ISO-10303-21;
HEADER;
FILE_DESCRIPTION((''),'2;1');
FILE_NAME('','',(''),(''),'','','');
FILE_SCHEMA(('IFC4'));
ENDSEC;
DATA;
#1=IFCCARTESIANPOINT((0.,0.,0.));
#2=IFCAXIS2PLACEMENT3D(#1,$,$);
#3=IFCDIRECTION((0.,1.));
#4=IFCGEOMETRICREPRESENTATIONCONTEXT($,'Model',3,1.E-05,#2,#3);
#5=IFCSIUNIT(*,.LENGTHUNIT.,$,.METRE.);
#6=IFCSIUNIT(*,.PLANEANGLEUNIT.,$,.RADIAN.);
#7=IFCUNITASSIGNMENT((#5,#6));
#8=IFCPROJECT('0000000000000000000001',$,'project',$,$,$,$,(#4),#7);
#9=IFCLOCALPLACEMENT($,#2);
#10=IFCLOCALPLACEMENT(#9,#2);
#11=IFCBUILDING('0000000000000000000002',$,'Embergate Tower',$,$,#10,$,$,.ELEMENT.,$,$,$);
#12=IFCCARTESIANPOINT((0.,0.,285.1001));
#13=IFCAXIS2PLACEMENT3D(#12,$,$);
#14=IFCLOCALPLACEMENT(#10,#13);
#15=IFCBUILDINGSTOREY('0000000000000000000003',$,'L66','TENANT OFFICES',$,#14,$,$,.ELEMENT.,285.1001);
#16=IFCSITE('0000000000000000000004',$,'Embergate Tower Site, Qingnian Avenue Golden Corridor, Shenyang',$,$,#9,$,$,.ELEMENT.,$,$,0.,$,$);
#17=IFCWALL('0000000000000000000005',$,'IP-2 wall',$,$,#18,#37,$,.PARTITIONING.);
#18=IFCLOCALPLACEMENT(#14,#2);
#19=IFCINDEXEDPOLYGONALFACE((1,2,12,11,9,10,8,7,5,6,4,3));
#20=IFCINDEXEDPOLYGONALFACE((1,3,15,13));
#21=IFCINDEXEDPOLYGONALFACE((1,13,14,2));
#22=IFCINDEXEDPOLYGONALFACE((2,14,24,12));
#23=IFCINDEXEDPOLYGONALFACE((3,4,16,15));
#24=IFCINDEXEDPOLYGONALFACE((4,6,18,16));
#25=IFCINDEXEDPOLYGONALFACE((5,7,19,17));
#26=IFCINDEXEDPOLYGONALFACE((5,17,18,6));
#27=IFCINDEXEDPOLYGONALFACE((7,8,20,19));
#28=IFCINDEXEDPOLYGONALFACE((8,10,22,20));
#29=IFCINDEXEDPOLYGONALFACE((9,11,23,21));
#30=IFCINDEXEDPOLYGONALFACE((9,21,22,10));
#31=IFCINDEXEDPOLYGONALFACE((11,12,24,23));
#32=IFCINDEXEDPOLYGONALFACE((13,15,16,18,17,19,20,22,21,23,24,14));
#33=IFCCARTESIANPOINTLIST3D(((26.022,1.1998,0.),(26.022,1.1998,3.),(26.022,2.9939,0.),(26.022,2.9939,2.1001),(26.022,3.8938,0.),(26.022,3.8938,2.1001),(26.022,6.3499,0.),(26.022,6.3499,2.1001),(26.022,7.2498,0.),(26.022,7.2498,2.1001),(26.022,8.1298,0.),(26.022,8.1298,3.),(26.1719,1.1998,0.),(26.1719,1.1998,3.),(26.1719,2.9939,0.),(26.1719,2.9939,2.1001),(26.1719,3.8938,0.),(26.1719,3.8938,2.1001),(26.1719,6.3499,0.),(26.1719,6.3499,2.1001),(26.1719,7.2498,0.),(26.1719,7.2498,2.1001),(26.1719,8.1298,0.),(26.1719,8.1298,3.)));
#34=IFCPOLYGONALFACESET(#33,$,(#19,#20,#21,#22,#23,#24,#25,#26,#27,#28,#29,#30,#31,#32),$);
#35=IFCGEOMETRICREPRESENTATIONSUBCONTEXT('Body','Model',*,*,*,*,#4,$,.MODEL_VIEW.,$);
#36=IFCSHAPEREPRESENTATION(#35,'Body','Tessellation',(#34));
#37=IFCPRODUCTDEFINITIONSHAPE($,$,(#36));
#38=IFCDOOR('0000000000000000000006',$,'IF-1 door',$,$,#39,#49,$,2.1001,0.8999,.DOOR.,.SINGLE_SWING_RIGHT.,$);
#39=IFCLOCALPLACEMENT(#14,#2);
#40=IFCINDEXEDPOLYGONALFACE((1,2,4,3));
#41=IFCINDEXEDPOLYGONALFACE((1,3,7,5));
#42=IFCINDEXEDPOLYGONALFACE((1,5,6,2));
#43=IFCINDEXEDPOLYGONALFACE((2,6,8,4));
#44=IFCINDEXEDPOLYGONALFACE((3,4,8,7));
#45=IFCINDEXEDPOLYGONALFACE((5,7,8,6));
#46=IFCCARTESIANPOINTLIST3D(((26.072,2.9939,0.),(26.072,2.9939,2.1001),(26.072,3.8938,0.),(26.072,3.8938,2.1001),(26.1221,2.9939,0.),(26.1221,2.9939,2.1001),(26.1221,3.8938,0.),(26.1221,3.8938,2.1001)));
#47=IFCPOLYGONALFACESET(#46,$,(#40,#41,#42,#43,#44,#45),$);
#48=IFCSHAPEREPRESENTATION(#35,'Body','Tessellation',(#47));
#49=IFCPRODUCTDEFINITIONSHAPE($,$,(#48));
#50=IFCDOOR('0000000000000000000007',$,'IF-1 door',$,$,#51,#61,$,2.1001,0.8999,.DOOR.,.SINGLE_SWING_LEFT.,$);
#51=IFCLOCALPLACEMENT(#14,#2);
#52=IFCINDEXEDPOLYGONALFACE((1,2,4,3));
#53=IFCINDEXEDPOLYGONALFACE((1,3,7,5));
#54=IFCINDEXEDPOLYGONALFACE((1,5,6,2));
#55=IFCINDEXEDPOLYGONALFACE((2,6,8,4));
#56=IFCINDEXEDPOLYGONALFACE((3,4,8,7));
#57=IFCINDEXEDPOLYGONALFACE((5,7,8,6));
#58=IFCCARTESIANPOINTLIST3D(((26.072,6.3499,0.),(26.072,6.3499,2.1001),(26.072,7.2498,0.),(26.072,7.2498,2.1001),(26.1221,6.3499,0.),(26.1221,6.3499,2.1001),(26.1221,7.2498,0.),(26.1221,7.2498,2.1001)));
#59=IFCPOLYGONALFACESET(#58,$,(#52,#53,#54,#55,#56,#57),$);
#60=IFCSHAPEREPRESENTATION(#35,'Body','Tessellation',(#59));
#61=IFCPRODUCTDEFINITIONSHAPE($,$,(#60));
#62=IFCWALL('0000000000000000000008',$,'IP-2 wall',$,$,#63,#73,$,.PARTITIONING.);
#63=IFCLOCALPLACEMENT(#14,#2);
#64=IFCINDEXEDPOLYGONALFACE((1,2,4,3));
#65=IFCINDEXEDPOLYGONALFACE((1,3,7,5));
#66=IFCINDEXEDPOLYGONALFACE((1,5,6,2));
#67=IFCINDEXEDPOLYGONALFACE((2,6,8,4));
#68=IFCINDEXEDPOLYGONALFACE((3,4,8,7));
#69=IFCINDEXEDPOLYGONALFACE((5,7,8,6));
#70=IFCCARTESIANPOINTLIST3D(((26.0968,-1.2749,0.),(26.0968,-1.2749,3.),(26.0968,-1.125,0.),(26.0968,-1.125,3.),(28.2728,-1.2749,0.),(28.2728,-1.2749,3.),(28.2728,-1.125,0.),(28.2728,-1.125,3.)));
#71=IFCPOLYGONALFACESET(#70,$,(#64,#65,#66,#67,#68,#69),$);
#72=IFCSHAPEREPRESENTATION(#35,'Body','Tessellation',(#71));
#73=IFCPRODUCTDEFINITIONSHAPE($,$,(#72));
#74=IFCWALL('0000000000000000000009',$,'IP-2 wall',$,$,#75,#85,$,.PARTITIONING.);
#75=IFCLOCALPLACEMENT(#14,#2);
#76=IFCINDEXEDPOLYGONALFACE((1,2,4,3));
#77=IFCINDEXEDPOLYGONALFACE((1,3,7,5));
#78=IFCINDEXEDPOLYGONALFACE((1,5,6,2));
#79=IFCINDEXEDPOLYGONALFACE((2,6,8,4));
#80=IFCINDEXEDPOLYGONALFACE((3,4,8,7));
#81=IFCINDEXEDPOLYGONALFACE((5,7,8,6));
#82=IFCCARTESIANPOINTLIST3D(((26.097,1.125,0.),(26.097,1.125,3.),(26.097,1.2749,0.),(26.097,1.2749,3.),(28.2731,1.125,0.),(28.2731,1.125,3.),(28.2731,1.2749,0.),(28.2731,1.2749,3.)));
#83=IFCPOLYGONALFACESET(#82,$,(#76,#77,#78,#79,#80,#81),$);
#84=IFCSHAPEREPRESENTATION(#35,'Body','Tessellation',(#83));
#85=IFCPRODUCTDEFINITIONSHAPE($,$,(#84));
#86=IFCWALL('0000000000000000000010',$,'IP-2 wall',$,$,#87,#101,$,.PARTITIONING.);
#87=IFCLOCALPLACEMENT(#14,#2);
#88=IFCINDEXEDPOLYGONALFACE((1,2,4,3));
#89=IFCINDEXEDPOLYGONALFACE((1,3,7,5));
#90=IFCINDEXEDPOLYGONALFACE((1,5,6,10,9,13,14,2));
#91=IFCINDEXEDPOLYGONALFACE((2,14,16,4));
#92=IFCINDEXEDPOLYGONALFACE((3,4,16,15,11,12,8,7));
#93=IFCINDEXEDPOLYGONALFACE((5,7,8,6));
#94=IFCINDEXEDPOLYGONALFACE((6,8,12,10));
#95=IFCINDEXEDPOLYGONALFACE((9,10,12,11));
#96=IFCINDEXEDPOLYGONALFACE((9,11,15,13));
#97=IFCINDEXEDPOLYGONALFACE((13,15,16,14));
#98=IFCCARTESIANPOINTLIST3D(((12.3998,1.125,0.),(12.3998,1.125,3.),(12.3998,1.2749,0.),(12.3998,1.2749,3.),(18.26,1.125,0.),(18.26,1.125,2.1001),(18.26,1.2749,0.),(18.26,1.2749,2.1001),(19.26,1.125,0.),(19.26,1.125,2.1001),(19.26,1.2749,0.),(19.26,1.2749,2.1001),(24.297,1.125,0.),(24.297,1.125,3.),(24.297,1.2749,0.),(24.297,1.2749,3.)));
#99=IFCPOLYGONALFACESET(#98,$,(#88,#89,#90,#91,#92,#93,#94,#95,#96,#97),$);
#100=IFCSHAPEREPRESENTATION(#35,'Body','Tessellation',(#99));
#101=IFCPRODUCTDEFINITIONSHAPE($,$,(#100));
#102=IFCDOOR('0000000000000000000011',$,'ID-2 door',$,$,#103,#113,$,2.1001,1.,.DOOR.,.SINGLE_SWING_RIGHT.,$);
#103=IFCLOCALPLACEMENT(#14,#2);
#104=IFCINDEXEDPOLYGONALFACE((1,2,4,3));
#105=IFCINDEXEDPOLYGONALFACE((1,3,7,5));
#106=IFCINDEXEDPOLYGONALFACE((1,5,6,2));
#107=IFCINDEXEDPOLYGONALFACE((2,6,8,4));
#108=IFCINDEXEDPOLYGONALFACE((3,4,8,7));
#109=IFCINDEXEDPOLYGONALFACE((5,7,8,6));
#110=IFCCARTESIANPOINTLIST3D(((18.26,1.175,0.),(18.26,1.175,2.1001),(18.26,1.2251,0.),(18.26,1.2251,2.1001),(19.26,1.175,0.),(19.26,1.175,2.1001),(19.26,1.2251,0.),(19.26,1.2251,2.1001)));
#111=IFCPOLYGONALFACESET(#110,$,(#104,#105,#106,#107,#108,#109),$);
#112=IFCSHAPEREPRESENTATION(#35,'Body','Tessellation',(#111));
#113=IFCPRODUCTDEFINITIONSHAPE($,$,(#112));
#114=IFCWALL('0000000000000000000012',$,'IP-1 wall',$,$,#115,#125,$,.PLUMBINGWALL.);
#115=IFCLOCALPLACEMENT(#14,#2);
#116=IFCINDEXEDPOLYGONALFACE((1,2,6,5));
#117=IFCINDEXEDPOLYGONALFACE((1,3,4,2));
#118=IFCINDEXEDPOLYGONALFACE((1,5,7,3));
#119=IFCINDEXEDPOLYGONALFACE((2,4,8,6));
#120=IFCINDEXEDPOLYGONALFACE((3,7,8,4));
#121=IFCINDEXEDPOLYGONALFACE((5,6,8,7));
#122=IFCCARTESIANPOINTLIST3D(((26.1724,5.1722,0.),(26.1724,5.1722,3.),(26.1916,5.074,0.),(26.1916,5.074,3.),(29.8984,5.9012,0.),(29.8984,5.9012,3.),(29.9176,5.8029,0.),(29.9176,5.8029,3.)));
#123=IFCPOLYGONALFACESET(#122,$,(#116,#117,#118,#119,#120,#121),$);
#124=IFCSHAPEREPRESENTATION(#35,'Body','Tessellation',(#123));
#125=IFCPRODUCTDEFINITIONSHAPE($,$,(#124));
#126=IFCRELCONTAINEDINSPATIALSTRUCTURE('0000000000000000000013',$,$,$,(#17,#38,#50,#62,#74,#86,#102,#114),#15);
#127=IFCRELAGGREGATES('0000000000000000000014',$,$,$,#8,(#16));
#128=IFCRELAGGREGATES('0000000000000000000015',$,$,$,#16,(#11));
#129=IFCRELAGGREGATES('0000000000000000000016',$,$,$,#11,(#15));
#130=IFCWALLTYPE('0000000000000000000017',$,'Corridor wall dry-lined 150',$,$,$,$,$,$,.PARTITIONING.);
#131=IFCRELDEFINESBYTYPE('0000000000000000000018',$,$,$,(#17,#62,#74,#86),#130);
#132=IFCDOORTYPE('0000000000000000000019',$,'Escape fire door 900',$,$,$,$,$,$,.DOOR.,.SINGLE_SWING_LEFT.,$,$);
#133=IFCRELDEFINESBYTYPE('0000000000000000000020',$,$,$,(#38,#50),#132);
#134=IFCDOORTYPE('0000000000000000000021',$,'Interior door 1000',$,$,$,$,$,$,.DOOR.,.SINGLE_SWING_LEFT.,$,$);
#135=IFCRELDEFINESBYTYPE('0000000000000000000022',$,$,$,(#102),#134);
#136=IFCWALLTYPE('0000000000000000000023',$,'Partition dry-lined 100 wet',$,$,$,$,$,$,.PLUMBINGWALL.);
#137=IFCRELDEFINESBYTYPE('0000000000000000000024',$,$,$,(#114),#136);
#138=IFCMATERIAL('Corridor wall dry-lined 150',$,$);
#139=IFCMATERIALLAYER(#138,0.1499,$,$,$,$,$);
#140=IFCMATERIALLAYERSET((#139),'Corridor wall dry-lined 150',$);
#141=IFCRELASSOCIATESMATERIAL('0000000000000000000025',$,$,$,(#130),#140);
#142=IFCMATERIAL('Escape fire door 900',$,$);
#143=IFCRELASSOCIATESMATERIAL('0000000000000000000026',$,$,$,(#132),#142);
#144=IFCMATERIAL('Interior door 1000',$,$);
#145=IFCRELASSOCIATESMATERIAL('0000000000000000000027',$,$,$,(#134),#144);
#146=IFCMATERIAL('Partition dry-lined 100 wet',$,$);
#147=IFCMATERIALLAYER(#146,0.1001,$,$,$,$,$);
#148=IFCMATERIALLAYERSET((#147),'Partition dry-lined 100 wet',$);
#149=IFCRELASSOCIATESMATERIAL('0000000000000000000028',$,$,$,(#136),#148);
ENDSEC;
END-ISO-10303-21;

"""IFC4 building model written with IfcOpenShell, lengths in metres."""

from ifc_helpers import new_model, si_unit, direction, frame, frame_2d, origin, place, context, subcontext, project, spatial, rectangle, extrude, source, transform, mapped, material, layer, layer_set, type_object, element, fill, save


model = new_model("IFC4")

# Units and contexts
model_context = context("Model", 3, precision=1e-05, world=origin(), true_north=direction((0.0, 1.0)))
body_context = subcontext(model_context, "Body", "Model", "MODEL_VIEW")
ifc_project = project(units=[si_unit("LENGTHUNIT", "METRE"), si_unit("PLANEANGLEUNIT", "RADIAN")], contexts=[model_context])

# Site, building, storey
site_placement = place(None, origin())
site = spatial("IfcSite", under=ifc_project, at=site_placement, Name="Embergate Tower Site, Qingnian Avenue Golden Corridor, Shenyang", CompositionType="ELEMENT", RefElevation=0.0)
building_placement = place(site_placement, origin())
building = spatial("IfcBuilding", under=site, at=building_placement, Name="Embergate Tower", CompositionType="ELEMENT")
storey_placement = place(building_placement, frame((0.0, 0.0, 285.1001)))
storey = spatial("IfcBuildingStorey", under=building, at=storey_placement, Name="L66", Description="TENANT OFFICES", CompositionType="ELEMENT", Elevation=285.1001)

# Shared definitions
ifc_material_1 = material(Name="Corridor wall dry-lined 150")
ifc_layer_1 = layer(ifc_material_1, 0.1499)
ifc_layer_set_1 = layer_set([ifc_layer_1], Name="Corridor wall dry-lined 150")
wall_type_1 = type_object("IfcWallType", Name="Corridor wall dry-lined 150", PredefinedType="PARTITIONING", material=ifc_layer_set_1)

# Wall, openings, doors
shared_shape_1 = source(origin(), body_context, "Body", "SweptSolid", [
    extrude(rectangle(XDim=6.9299, YDim=0.1499, at=frame_2d((3.4648, 0.0))), origin(), (0.0, 0.0, 1.0), 3.0),
])
wall_1_placement = place(storey_placement, frame((26.0969, 1.2, 0.0), z_axis=(0.0, 0.0, 1.0), x_axis=(0.0, 1.0, 0.0)))
wall_1 = element("IfcWall", 1, at=wall_1_placement, inside=storey, type_object=wall_type_1, Name="IP-2 wall", PredefinedType="PARTITIONING", context=body_context, shape_type="MappedRepresentation", body=[
    mapped(shared_shape_1, transform((0.0, 0.0, 0.0))),
])
shared_shape_2 = source(origin(), body_context, "Body", "SweptSolid", [
    extrude(rectangle(XDim=0.8999, YDim=2.1001, at=frame_2d((0.45, 1.05))), frame((0.0, 0.085, 0.0), z_axis=(0.0, -1.0, 0.0), x_axis=(1.0, 0.0, 0.0)), (0.0, 0.0, 1.0), 0.1699),
])
opening_1_placement = place(wall_1_placement, frame((1.7939, 0.0, 0.0)))
opening_1 = element("IfcOpeningElement", 2, at=opening_1_placement, cuts=wall_1, PredefinedType="OPENING", context=body_context, shape_type="MappedRepresentation", body=[
    mapped(shared_shape_2, transform((0.0, 0.0, 0.0))),
])
opening_2_placement = place(wall_1_placement, frame((5.1499, 0.0, 0.0)))
opening_2 = element("IfcOpeningElement", 3, at=opening_2_placement, cuts=wall_1, PredefinedType="OPENING", context=body_context, shape_type="MappedRepresentation", body=[
    mapped(shared_shape_2, transform((0.0, 0.0, 0.0))),
])
ifc_material_2 = material(Name="Escape fire door 900")
door_type_1 = type_object("IfcDoorType", Name="Escape fire door 900", OperationType="SINGLE_SWING_LEFT", PredefinedType="DOOR", material=ifc_material_2)
shared_shape_3 = source(origin(), body_context, "Body", "SweptSolid", [
    extrude(rectangle(XDim=0.8999, YDim=2.1001, at=frame_2d((0.45, 1.05))), frame((0.0, 0.0249, 0.0), z_axis=(0.0, -1.0, 0.0), x_axis=(1.0, 0.0, 0.0)), (0.0, 0.0, 1.0), 0.05),
])
door_1_placement = place(opening_1_placement, origin())
door_1 = element("IfcDoor", 4, at=door_1_placement, inside=storey, type_object=door_type_1, Name="IF-1 door", OperationType="SINGLE_SWING_RIGHT", OverallHeight=2.1001, OverallWidth=0.8999, PredefinedType="DOOR", context=body_context, shape_type="MappedRepresentation", body=[
    mapped(shared_shape_3, transform((0.0, 0.0, 0.0))),
])
fill(opening_1, door_1)
door_2_placement = place(opening_2_placement, origin())
door_2 = element("IfcDoor", 5, at=door_2_placement, inside=storey, type_object=door_type_1, Name="IF-1 door", OperationType="SINGLE_SWING_LEFT", OverallHeight=2.1001, OverallWidth=0.8999, PredefinedType="DOOR", context=body_context, shape_type="MappedRepresentation", body=[
    mapped(shared_shape_3, transform((0.0, 0.0, 0.0))),
])
fill(opening_2, door_2)

# Walls
shared_shape_4 = source(origin(), body_context, "Body", "SweptSolid", [
    extrude(rectangle(XDim=2.176, YDim=0.1499, at=frame_2d((1.0879, 0.0))), origin(), (0.0, 0.0, 1.0), 3.0),
])
for number, where, z_axis, x_axis, name in (
    (6, (26.0969, -1.2, 0.0), (0.0, 0.0, 1.0), (1.0, 0.0, 0.0), "IP-2 wall"),
    (7, (28.2729, 1.2, 0.0), (0.0, 0.0, 1.0), (-1.0, 0.0, 0.0), "IP-2 wall"),
):
    element("IfcWall", number, at=place(storey_placement, frame(where, z_axis=z_axis, x_axis=x_axis)), inside=storey, type_object=wall_type_1, Name=name, PredefinedType="PARTITIONING", context=body_context, shape_type="MappedRepresentation", body=[
        mapped(shared_shape_4, transform((0.0, 0.0, 0.0))),
    ])

# Wall, opening, door
shared_shape_5 = source(origin(), body_context, "Body", "SweptSolid", [
    extrude(rectangle(XDim=11.8972, YDim=0.1499, at=frame_2d((5.9487, 0.0))), origin(), (0.0, 0.0, 1.0), 3.0),
])
wall_2_placement = place(storey_placement, frame((24.2971, 1.2, 0.0), z_axis=(0.0, 0.0, 1.0), x_axis=(-1.0, 0.0, 0.0)))
wall_2 = element("IfcWall", 8, at=wall_2_placement, inside=storey, type_object=wall_type_1, Name="IP-2 wall", PredefinedType="PARTITIONING", context=body_context, shape_type="MappedRepresentation", body=[
    mapped(shared_shape_5, transform((0.0, 0.0, 0.0))),
])
shared_shape_6 = source(origin(), body_context, "Body", "SweptSolid", [
    extrude(rectangle(XDim=1.0, YDim=2.1001, at=frame_2d((0.5, 1.05))), frame((0.0, 0.085, 0.0), z_axis=(0.0, -1.0, 0.0), x_axis=(1.0, 0.0, 0.0)), (0.0, 0.0, 1.0), 0.1699),
])
opening_3_placement = place(wall_2_placement, frame((5.0371, 0.0, 0.0)))
opening_3 = element("IfcOpeningElement", 9, at=opening_3_placement, cuts=wall_2, PredefinedType="OPENING", context=body_context, shape_type="MappedRepresentation", body=[
    mapped(shared_shape_6, transform((0.0, 0.0, 0.0))),
])
ifc_material_3 = material(Name="Interior door 1000")
door_type_2 = type_object("IfcDoorType", Name="Interior door 1000", OperationType="SINGLE_SWING_LEFT", PredefinedType="DOOR", material=ifc_material_3)
shared_shape_7 = source(origin(), body_context, "Body", "SweptSolid", [
    extrude(rectangle(XDim=1.0, YDim=2.1001, at=frame_2d((0.5, 1.05))), frame((0.0, 0.0249, 0.0), z_axis=(0.0, -1.0, 0.0), x_axis=(1.0, 0.0, 0.0)), (0.0, 0.0, 1.0), 0.05),
])
door_3_placement = place(opening_3_placement, origin())
door_3 = element("IfcDoor", 10, at=door_3_placement, inside=storey, type_object=door_type_2, Name="ID-2 door", OperationType="SINGLE_SWING_RIGHT", OverallHeight=2.1001, OverallWidth=1.0, PredefinedType="DOOR", context=body_context, shape_type="MappedRepresentation", body=[
    mapped(shared_shape_7, transform((0.0, 0.0, 0.0))),
])
fill(opening_3, door_3)

# Wall
ifc_material_4 = material(Name="Partition dry-lined 100 wet")
ifc_layer_2 = layer(ifc_material_4, 0.1001)
ifc_layer_set_2 = layer_set([ifc_layer_2], Name="Partition dry-lined 100 wet")
wall_type_2 = type_object("IfcWallType", Name="Partition dry-lined 100 wet", PredefinedType="PLUMBINGWALL", material=ifc_layer_set_2)
shared_shape_8 = source(origin(), body_context, "Body", "SweptSolid", [
    extrude(rectangle(XDim=3.7966, YDim=0.1001, at=frame_2d((1.8984, 0.0))), origin(), (0.0, 0.0, 1.0), 3.0),
])
wall_3_placement = place(storey_placement, frame((26.1819, 5.123, 0.0), z_axis=(0.0, 0.0, 1.0), x_axis=(0.981393, 0.192009, 0.0)))
element("IfcWall", 11, at=wall_3_placement, inside=storey, type_object=wall_type_2, Name="IP-1 wall", PredefinedType="PLUMBINGWALL", context=body_context, shape_type="MappedRepresentation", body=[
    mapped(shared_shape_8, transform((0.0, 0.0, 0.0))),
])

save(model, "model.ifc")
